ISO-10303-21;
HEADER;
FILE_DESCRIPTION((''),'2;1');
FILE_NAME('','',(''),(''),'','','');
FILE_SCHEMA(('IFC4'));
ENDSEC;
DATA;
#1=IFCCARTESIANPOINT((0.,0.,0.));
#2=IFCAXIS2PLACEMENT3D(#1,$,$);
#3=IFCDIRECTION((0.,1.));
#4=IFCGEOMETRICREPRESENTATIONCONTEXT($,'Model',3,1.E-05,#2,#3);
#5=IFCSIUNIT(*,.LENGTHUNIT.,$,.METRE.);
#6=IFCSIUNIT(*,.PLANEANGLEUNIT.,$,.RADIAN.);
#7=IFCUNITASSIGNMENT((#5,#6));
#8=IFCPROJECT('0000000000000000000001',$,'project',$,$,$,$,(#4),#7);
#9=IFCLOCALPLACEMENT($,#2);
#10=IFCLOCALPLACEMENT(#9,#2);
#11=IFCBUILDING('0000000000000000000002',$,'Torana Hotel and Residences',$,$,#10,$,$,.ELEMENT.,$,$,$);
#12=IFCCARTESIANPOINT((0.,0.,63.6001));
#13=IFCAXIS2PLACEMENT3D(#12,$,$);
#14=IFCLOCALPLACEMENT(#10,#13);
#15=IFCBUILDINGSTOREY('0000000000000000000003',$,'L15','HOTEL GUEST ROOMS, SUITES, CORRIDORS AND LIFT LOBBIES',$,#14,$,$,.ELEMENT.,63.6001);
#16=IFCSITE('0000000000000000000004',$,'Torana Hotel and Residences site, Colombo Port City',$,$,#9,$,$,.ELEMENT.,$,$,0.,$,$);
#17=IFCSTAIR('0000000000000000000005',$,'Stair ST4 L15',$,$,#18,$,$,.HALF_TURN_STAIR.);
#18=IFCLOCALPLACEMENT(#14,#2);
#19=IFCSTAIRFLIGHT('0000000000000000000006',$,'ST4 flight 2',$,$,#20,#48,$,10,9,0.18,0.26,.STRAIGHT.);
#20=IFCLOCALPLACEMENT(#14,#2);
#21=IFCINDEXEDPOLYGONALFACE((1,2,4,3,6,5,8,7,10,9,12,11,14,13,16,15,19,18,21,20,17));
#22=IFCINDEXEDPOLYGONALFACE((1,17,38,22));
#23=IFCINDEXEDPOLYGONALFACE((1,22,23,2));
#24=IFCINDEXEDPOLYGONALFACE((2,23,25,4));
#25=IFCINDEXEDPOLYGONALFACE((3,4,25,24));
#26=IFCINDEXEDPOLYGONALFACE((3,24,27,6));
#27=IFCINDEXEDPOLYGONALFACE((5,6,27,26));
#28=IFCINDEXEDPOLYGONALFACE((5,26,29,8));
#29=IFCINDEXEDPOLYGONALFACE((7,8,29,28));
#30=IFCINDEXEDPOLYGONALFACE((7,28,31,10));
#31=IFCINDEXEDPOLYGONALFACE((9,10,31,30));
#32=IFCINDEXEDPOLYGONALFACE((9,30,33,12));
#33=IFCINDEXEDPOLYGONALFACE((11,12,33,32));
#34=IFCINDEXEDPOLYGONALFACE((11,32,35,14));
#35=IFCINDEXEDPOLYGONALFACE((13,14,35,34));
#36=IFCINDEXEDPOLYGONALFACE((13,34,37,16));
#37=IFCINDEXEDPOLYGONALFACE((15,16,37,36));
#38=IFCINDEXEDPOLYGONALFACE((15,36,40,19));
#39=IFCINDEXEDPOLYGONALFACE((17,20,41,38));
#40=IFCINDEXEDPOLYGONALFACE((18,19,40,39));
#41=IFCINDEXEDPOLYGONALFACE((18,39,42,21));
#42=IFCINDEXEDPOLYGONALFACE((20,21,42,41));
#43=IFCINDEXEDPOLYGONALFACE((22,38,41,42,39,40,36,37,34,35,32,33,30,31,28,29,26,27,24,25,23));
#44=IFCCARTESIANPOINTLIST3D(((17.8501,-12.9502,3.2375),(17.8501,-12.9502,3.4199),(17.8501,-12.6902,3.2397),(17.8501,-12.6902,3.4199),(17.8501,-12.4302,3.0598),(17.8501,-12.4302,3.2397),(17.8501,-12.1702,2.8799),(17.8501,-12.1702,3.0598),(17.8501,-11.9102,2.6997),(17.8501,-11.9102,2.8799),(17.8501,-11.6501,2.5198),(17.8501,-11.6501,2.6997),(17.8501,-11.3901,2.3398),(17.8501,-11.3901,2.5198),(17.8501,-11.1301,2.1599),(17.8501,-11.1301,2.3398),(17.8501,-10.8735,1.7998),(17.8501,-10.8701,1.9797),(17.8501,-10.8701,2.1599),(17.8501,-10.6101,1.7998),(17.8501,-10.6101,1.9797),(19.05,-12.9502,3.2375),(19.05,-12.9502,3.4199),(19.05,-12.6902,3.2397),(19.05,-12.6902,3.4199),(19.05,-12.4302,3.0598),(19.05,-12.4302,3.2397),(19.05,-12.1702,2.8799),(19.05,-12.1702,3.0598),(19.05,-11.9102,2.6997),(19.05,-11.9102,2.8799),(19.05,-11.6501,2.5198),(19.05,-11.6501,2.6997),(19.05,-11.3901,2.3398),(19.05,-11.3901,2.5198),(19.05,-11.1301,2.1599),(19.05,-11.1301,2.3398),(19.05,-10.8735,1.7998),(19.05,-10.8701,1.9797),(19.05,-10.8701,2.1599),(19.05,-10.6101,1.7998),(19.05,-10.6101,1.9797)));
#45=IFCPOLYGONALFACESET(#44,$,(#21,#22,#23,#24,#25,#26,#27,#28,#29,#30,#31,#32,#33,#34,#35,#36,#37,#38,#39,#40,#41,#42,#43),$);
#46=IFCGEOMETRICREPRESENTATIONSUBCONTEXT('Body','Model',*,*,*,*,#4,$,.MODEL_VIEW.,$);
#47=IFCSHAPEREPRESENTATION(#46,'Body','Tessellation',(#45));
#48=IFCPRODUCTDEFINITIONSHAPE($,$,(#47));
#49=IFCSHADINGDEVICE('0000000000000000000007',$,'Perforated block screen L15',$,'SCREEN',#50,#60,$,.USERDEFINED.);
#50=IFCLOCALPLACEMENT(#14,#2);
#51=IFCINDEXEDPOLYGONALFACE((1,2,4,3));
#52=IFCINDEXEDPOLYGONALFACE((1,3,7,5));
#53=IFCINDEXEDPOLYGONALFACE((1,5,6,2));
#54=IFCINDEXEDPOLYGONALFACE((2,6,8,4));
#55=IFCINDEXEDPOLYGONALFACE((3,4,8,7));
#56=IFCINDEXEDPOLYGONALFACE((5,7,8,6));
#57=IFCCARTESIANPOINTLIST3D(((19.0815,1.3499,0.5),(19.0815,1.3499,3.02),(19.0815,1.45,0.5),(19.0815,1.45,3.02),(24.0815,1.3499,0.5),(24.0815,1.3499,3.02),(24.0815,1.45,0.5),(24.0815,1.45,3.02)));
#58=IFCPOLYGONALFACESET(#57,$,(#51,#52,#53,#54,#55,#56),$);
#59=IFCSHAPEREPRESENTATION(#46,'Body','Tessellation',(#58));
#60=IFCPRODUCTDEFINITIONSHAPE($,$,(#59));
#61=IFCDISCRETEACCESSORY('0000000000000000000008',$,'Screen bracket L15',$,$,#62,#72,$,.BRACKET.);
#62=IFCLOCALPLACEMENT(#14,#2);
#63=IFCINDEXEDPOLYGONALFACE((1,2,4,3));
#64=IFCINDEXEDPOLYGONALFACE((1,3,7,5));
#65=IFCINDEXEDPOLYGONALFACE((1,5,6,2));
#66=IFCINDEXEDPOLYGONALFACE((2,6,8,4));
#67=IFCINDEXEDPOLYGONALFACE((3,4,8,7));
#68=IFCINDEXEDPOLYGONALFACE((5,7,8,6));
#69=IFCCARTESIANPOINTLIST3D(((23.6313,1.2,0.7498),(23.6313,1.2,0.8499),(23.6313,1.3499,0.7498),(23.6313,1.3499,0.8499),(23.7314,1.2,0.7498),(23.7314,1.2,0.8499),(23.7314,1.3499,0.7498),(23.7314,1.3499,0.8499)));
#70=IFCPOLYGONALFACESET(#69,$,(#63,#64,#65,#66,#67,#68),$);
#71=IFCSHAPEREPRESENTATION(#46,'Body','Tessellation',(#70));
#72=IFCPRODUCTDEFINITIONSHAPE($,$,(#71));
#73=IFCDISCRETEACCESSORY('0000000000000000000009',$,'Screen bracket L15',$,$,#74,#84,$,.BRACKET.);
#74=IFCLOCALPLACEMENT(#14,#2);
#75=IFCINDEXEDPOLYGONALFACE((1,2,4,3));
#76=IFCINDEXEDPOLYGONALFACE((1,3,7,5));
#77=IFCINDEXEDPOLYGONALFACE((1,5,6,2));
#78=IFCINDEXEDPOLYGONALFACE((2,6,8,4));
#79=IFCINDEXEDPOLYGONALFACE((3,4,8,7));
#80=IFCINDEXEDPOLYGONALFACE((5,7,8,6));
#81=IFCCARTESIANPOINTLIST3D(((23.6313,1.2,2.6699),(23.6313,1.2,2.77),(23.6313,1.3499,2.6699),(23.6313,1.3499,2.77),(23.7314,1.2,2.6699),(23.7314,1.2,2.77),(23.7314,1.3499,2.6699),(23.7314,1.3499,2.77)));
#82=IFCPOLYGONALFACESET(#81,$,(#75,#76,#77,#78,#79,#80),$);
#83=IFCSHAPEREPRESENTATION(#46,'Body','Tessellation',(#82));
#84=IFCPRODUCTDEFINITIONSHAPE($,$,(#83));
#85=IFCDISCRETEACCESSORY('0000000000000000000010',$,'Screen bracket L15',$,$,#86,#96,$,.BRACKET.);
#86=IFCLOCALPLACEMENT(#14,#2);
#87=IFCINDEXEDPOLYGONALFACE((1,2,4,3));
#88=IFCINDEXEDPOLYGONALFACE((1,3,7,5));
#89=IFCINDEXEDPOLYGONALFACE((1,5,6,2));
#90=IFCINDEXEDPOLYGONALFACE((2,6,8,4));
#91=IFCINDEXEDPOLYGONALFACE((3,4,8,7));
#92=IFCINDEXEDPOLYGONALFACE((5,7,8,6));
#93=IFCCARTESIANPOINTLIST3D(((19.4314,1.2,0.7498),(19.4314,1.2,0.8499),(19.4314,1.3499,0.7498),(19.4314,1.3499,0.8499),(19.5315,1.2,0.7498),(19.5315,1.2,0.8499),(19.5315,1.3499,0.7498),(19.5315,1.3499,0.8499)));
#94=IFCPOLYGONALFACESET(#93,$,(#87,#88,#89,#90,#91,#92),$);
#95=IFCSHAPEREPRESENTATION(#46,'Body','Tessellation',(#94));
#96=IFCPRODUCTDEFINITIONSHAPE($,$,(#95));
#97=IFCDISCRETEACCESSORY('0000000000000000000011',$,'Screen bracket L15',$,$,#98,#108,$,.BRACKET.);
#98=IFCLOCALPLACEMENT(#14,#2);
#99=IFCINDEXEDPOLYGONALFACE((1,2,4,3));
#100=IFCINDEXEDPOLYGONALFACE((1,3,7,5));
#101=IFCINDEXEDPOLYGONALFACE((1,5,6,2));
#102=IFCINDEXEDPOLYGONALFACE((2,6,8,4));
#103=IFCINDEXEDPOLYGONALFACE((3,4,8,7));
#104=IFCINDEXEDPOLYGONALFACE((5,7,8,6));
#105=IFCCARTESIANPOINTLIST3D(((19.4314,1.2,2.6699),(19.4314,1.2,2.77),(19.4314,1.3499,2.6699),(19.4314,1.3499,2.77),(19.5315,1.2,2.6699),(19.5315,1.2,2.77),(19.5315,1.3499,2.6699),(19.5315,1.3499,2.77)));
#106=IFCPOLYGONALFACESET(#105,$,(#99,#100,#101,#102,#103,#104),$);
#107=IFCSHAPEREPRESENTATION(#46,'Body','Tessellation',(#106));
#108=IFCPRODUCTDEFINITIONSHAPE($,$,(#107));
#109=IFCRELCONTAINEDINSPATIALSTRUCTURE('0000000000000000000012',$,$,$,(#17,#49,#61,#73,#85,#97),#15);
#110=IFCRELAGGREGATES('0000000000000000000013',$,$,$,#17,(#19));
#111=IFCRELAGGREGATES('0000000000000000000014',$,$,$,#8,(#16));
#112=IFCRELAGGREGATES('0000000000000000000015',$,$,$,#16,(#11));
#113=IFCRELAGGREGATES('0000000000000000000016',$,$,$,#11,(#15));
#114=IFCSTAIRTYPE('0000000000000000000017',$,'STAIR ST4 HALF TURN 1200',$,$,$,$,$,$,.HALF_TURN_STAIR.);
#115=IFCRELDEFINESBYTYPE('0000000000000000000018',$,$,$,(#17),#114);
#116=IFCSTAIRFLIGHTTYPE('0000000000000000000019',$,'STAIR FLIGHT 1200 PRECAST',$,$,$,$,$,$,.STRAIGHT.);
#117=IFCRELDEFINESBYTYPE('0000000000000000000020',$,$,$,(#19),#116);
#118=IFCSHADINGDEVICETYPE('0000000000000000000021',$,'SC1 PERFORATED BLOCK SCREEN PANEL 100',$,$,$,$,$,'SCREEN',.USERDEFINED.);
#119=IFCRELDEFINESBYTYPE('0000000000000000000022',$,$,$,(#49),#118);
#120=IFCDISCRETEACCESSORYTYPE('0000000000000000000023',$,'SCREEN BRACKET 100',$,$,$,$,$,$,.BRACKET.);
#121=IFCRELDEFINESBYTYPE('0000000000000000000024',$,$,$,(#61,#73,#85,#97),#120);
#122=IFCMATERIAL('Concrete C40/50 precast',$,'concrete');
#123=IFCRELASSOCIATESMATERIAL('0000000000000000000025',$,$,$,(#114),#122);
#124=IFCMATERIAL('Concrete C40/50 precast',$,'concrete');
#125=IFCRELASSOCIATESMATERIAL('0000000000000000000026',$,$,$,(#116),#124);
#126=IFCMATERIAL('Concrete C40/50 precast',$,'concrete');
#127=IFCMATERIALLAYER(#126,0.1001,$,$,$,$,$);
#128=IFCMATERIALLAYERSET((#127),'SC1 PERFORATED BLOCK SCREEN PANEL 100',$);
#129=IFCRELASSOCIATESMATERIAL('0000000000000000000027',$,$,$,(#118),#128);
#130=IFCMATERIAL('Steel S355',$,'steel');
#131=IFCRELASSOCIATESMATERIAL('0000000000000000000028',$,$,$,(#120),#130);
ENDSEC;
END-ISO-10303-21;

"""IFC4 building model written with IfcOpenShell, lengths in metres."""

from ifc_helpers import new_model, si_unit, direction, frame, origin, origin_2d, place, context, subcontext, project, spatial, polyline, rectangle, outline, extrude, material, layer, layer_set, type_object, element, aggregate, save


model = new_model("IFC4")

# Units and contexts
model_context = context("Model", 3, precision=1e-05, world=origin(), true_north=direction((0.0, 1.0)))
body_context = subcontext(model_context, "Body", "Model", "MODEL_VIEW")
ifc_project = project(units=[si_unit("LENGTHUNIT", "METRE"), si_unit("PLANEANGLEUNIT", "RADIAN")], contexts=[model_context])

# Site, building, storey
site_placement = place(None, origin())
site = spatial("IfcSite", under=ifc_project, at=site_placement, Name="Torana Hotel and Residences site, Colombo Port City", CompositionType="ELEMENT", RefElevation=0.0)
building_placement = place(site_placement, origin())
building = spatial("IfcBuilding", under=site, at=building_placement, Name="Torana Hotel and Residences", CompositionType="ELEMENT")
storey_placement = place(building_placement, frame((0.0, 0.0, 63.6001)))
storey = spatial("IfcBuildingStorey", under=building, at=storey_placement, Name="L15", Description="HOTEL GUEST ROOMS, SUITES, CORRIDORS AND LIFT LOBBIES", CompositionType="ELEMENT", Elevation=63.6001)

# Stair, stair flight
ifc_material_1 = material(Name="Concrete C40/50 precast", Category="concrete")
stair_type = type_object("IfcStairType", Name="STAIR ST4 HALF TURN 1200", PredefinedType="HALF_TURN_STAIR", material=ifc_material_1)
stair_placement = place(storey_placement, origin())
stair = element("IfcStair", 1, at=stair_placement, inside=storey, type_object=stair_type, Name="Stair ST4 L15", PredefinedType="HALF_TURN_STAIR")
ifc_material_2 = material(Name="Concrete C40/50 precast", Category="concrete")
stair_flight_type = type_object("IfcStairFlightType", Name="STAIR FLIGHT 1200 PRECAST", PredefinedType="STRAIGHT", material=ifc_material_2)
stair_flight_1_placement = place(storey_placement, frame((18.45, -10.6101, 1.7998), z_axis=(0.0, 0.0, 1.0), x_axis=(0.0, -1.0, 0.0)))
stair_flight_1 = element("IfcStairFlight", 2, at=stair_flight_1_placement, type_object=stair_flight_type, Name="ST4 flight 2", NumberOfRisers=10, NumberOfTreads=9, PredefinedType="STRAIGHT", RiserHeight=0.18, TreadLength=0.26, context=body_context, shape_type="SweptSolid", body=[
    extrude(outline(polyline([(0.0, 0.0), (0.0, 0.1799), (0.26, 0.1799), (0.26, 0.3601), (0.52, 0.3601), (0.52, 0.54), (0.78, 0.54), (0.78, 0.72), (1.04, 0.72), (1.04, 0.8999), (1.3, 0.8999), (1.3, 1.0801), (1.5601, 1.0801), (1.5601, 1.26), (1.8201, 1.26), (1.8201, 1.4399), (2.0801, 1.4399), (2.0801, 1.6201), (2.3401, 1.6201), (2.3401, 1.8), (2.3401, 1.4377), (0.2634, 0.0), (0.0, 0.0)])), frame((0.0, 0.6001, 0.0), z_axis=(0.0, -1.0, 0.0), x_axis=(1.0, 0.0, 0.0)), (0.0, 0.0, 1.0), 1.2),
])
aggregate(stair, [stair_flight_1])

# Shading device
ifc_material_3 = material(Name="Concrete C40/50 precast", Category="concrete")
ifc_layer_1 = layer(ifc_material_3, 0.1001)
ifc_layer_set_1 = layer_set([ifc_layer_1], Name="SC1 PERFORATED BLOCK SCREEN PANEL 100")
shading_device_type = type_object("IfcShadingDeviceType", Name="SC1 PERFORATED BLOCK SCREEN PANEL 100", ElementType="SCREEN", PredefinedType="USERDEFINED", material=ifc_layer_set_1)
shading_device_placement = place(storey_placement, frame((21.5815, 1.3999, 0.5), z_axis=(0.0, 0.0, 1.0), x_axis=(-1.0, 0.0, 0.0)))
element("IfcShadingDevice", 3, at=shading_device_placement, inside=storey, type_object=shading_device_type, Name="Perforated block screen L15", ObjectType="SCREEN", PredefinedType="USERDEFINED", context=body_context, shape_type="SweptSolid", body=[
    extrude(rectangle(XDim=5.0, YDim=0.1001, at=origin_2d()), origin(), (0.0, 0.0, 1.0), 2.52),
])

# Discrete accessories
ifc_material_4 = material(Name="Steel S355", Category="steel")
discrete_accessory_type = type_object("IfcDiscreteAccessoryType", Name="SCREEN BRACKET 100", PredefinedType="BRACKET", material=ifc_material_4)
for number, where, z_axis, x_axis, name in (
    (4, (23.6814, 1.2749, 0.7498), (0.0, 0.0, 1.0), (-1.0, 0.0, 0.0), "Screen bracket L15"),
    (5, (23.6814, 1.2749, 2.6699), (0.0, 0.0, 1.0), (-1.0, 0.0, 0.0), "Screen bracket L15"),
    (6, (19.4814, 1.2749, 0.7498), (0.0, 0.0, 1.0), (-1.0, 0.0, 0.0), "Screen bracket L15"),
    (7, (19.4814, 1.2749, 2.6699), (0.0, 0.0, 1.0), (-1.0, 0.0, 0.0), "Screen bracket L15"),
):
    element("IfcDiscreteAccessory", number, at=place(storey_placement, frame(where, z_axis=z_axis, x_axis=x_axis)), inside=storey, type_object=discrete_accessory_type, Name=name, PredefinedType="BRACKET", context=body_context, shape_type="SweptSolid", body=[
        extrude(rectangle(XDim=0.1001, YDim=0.1499, at=origin_2d()), origin(), (0.0, 0.0, 1.0), 0.1001),
    ])

save(model, "model.ifc")
